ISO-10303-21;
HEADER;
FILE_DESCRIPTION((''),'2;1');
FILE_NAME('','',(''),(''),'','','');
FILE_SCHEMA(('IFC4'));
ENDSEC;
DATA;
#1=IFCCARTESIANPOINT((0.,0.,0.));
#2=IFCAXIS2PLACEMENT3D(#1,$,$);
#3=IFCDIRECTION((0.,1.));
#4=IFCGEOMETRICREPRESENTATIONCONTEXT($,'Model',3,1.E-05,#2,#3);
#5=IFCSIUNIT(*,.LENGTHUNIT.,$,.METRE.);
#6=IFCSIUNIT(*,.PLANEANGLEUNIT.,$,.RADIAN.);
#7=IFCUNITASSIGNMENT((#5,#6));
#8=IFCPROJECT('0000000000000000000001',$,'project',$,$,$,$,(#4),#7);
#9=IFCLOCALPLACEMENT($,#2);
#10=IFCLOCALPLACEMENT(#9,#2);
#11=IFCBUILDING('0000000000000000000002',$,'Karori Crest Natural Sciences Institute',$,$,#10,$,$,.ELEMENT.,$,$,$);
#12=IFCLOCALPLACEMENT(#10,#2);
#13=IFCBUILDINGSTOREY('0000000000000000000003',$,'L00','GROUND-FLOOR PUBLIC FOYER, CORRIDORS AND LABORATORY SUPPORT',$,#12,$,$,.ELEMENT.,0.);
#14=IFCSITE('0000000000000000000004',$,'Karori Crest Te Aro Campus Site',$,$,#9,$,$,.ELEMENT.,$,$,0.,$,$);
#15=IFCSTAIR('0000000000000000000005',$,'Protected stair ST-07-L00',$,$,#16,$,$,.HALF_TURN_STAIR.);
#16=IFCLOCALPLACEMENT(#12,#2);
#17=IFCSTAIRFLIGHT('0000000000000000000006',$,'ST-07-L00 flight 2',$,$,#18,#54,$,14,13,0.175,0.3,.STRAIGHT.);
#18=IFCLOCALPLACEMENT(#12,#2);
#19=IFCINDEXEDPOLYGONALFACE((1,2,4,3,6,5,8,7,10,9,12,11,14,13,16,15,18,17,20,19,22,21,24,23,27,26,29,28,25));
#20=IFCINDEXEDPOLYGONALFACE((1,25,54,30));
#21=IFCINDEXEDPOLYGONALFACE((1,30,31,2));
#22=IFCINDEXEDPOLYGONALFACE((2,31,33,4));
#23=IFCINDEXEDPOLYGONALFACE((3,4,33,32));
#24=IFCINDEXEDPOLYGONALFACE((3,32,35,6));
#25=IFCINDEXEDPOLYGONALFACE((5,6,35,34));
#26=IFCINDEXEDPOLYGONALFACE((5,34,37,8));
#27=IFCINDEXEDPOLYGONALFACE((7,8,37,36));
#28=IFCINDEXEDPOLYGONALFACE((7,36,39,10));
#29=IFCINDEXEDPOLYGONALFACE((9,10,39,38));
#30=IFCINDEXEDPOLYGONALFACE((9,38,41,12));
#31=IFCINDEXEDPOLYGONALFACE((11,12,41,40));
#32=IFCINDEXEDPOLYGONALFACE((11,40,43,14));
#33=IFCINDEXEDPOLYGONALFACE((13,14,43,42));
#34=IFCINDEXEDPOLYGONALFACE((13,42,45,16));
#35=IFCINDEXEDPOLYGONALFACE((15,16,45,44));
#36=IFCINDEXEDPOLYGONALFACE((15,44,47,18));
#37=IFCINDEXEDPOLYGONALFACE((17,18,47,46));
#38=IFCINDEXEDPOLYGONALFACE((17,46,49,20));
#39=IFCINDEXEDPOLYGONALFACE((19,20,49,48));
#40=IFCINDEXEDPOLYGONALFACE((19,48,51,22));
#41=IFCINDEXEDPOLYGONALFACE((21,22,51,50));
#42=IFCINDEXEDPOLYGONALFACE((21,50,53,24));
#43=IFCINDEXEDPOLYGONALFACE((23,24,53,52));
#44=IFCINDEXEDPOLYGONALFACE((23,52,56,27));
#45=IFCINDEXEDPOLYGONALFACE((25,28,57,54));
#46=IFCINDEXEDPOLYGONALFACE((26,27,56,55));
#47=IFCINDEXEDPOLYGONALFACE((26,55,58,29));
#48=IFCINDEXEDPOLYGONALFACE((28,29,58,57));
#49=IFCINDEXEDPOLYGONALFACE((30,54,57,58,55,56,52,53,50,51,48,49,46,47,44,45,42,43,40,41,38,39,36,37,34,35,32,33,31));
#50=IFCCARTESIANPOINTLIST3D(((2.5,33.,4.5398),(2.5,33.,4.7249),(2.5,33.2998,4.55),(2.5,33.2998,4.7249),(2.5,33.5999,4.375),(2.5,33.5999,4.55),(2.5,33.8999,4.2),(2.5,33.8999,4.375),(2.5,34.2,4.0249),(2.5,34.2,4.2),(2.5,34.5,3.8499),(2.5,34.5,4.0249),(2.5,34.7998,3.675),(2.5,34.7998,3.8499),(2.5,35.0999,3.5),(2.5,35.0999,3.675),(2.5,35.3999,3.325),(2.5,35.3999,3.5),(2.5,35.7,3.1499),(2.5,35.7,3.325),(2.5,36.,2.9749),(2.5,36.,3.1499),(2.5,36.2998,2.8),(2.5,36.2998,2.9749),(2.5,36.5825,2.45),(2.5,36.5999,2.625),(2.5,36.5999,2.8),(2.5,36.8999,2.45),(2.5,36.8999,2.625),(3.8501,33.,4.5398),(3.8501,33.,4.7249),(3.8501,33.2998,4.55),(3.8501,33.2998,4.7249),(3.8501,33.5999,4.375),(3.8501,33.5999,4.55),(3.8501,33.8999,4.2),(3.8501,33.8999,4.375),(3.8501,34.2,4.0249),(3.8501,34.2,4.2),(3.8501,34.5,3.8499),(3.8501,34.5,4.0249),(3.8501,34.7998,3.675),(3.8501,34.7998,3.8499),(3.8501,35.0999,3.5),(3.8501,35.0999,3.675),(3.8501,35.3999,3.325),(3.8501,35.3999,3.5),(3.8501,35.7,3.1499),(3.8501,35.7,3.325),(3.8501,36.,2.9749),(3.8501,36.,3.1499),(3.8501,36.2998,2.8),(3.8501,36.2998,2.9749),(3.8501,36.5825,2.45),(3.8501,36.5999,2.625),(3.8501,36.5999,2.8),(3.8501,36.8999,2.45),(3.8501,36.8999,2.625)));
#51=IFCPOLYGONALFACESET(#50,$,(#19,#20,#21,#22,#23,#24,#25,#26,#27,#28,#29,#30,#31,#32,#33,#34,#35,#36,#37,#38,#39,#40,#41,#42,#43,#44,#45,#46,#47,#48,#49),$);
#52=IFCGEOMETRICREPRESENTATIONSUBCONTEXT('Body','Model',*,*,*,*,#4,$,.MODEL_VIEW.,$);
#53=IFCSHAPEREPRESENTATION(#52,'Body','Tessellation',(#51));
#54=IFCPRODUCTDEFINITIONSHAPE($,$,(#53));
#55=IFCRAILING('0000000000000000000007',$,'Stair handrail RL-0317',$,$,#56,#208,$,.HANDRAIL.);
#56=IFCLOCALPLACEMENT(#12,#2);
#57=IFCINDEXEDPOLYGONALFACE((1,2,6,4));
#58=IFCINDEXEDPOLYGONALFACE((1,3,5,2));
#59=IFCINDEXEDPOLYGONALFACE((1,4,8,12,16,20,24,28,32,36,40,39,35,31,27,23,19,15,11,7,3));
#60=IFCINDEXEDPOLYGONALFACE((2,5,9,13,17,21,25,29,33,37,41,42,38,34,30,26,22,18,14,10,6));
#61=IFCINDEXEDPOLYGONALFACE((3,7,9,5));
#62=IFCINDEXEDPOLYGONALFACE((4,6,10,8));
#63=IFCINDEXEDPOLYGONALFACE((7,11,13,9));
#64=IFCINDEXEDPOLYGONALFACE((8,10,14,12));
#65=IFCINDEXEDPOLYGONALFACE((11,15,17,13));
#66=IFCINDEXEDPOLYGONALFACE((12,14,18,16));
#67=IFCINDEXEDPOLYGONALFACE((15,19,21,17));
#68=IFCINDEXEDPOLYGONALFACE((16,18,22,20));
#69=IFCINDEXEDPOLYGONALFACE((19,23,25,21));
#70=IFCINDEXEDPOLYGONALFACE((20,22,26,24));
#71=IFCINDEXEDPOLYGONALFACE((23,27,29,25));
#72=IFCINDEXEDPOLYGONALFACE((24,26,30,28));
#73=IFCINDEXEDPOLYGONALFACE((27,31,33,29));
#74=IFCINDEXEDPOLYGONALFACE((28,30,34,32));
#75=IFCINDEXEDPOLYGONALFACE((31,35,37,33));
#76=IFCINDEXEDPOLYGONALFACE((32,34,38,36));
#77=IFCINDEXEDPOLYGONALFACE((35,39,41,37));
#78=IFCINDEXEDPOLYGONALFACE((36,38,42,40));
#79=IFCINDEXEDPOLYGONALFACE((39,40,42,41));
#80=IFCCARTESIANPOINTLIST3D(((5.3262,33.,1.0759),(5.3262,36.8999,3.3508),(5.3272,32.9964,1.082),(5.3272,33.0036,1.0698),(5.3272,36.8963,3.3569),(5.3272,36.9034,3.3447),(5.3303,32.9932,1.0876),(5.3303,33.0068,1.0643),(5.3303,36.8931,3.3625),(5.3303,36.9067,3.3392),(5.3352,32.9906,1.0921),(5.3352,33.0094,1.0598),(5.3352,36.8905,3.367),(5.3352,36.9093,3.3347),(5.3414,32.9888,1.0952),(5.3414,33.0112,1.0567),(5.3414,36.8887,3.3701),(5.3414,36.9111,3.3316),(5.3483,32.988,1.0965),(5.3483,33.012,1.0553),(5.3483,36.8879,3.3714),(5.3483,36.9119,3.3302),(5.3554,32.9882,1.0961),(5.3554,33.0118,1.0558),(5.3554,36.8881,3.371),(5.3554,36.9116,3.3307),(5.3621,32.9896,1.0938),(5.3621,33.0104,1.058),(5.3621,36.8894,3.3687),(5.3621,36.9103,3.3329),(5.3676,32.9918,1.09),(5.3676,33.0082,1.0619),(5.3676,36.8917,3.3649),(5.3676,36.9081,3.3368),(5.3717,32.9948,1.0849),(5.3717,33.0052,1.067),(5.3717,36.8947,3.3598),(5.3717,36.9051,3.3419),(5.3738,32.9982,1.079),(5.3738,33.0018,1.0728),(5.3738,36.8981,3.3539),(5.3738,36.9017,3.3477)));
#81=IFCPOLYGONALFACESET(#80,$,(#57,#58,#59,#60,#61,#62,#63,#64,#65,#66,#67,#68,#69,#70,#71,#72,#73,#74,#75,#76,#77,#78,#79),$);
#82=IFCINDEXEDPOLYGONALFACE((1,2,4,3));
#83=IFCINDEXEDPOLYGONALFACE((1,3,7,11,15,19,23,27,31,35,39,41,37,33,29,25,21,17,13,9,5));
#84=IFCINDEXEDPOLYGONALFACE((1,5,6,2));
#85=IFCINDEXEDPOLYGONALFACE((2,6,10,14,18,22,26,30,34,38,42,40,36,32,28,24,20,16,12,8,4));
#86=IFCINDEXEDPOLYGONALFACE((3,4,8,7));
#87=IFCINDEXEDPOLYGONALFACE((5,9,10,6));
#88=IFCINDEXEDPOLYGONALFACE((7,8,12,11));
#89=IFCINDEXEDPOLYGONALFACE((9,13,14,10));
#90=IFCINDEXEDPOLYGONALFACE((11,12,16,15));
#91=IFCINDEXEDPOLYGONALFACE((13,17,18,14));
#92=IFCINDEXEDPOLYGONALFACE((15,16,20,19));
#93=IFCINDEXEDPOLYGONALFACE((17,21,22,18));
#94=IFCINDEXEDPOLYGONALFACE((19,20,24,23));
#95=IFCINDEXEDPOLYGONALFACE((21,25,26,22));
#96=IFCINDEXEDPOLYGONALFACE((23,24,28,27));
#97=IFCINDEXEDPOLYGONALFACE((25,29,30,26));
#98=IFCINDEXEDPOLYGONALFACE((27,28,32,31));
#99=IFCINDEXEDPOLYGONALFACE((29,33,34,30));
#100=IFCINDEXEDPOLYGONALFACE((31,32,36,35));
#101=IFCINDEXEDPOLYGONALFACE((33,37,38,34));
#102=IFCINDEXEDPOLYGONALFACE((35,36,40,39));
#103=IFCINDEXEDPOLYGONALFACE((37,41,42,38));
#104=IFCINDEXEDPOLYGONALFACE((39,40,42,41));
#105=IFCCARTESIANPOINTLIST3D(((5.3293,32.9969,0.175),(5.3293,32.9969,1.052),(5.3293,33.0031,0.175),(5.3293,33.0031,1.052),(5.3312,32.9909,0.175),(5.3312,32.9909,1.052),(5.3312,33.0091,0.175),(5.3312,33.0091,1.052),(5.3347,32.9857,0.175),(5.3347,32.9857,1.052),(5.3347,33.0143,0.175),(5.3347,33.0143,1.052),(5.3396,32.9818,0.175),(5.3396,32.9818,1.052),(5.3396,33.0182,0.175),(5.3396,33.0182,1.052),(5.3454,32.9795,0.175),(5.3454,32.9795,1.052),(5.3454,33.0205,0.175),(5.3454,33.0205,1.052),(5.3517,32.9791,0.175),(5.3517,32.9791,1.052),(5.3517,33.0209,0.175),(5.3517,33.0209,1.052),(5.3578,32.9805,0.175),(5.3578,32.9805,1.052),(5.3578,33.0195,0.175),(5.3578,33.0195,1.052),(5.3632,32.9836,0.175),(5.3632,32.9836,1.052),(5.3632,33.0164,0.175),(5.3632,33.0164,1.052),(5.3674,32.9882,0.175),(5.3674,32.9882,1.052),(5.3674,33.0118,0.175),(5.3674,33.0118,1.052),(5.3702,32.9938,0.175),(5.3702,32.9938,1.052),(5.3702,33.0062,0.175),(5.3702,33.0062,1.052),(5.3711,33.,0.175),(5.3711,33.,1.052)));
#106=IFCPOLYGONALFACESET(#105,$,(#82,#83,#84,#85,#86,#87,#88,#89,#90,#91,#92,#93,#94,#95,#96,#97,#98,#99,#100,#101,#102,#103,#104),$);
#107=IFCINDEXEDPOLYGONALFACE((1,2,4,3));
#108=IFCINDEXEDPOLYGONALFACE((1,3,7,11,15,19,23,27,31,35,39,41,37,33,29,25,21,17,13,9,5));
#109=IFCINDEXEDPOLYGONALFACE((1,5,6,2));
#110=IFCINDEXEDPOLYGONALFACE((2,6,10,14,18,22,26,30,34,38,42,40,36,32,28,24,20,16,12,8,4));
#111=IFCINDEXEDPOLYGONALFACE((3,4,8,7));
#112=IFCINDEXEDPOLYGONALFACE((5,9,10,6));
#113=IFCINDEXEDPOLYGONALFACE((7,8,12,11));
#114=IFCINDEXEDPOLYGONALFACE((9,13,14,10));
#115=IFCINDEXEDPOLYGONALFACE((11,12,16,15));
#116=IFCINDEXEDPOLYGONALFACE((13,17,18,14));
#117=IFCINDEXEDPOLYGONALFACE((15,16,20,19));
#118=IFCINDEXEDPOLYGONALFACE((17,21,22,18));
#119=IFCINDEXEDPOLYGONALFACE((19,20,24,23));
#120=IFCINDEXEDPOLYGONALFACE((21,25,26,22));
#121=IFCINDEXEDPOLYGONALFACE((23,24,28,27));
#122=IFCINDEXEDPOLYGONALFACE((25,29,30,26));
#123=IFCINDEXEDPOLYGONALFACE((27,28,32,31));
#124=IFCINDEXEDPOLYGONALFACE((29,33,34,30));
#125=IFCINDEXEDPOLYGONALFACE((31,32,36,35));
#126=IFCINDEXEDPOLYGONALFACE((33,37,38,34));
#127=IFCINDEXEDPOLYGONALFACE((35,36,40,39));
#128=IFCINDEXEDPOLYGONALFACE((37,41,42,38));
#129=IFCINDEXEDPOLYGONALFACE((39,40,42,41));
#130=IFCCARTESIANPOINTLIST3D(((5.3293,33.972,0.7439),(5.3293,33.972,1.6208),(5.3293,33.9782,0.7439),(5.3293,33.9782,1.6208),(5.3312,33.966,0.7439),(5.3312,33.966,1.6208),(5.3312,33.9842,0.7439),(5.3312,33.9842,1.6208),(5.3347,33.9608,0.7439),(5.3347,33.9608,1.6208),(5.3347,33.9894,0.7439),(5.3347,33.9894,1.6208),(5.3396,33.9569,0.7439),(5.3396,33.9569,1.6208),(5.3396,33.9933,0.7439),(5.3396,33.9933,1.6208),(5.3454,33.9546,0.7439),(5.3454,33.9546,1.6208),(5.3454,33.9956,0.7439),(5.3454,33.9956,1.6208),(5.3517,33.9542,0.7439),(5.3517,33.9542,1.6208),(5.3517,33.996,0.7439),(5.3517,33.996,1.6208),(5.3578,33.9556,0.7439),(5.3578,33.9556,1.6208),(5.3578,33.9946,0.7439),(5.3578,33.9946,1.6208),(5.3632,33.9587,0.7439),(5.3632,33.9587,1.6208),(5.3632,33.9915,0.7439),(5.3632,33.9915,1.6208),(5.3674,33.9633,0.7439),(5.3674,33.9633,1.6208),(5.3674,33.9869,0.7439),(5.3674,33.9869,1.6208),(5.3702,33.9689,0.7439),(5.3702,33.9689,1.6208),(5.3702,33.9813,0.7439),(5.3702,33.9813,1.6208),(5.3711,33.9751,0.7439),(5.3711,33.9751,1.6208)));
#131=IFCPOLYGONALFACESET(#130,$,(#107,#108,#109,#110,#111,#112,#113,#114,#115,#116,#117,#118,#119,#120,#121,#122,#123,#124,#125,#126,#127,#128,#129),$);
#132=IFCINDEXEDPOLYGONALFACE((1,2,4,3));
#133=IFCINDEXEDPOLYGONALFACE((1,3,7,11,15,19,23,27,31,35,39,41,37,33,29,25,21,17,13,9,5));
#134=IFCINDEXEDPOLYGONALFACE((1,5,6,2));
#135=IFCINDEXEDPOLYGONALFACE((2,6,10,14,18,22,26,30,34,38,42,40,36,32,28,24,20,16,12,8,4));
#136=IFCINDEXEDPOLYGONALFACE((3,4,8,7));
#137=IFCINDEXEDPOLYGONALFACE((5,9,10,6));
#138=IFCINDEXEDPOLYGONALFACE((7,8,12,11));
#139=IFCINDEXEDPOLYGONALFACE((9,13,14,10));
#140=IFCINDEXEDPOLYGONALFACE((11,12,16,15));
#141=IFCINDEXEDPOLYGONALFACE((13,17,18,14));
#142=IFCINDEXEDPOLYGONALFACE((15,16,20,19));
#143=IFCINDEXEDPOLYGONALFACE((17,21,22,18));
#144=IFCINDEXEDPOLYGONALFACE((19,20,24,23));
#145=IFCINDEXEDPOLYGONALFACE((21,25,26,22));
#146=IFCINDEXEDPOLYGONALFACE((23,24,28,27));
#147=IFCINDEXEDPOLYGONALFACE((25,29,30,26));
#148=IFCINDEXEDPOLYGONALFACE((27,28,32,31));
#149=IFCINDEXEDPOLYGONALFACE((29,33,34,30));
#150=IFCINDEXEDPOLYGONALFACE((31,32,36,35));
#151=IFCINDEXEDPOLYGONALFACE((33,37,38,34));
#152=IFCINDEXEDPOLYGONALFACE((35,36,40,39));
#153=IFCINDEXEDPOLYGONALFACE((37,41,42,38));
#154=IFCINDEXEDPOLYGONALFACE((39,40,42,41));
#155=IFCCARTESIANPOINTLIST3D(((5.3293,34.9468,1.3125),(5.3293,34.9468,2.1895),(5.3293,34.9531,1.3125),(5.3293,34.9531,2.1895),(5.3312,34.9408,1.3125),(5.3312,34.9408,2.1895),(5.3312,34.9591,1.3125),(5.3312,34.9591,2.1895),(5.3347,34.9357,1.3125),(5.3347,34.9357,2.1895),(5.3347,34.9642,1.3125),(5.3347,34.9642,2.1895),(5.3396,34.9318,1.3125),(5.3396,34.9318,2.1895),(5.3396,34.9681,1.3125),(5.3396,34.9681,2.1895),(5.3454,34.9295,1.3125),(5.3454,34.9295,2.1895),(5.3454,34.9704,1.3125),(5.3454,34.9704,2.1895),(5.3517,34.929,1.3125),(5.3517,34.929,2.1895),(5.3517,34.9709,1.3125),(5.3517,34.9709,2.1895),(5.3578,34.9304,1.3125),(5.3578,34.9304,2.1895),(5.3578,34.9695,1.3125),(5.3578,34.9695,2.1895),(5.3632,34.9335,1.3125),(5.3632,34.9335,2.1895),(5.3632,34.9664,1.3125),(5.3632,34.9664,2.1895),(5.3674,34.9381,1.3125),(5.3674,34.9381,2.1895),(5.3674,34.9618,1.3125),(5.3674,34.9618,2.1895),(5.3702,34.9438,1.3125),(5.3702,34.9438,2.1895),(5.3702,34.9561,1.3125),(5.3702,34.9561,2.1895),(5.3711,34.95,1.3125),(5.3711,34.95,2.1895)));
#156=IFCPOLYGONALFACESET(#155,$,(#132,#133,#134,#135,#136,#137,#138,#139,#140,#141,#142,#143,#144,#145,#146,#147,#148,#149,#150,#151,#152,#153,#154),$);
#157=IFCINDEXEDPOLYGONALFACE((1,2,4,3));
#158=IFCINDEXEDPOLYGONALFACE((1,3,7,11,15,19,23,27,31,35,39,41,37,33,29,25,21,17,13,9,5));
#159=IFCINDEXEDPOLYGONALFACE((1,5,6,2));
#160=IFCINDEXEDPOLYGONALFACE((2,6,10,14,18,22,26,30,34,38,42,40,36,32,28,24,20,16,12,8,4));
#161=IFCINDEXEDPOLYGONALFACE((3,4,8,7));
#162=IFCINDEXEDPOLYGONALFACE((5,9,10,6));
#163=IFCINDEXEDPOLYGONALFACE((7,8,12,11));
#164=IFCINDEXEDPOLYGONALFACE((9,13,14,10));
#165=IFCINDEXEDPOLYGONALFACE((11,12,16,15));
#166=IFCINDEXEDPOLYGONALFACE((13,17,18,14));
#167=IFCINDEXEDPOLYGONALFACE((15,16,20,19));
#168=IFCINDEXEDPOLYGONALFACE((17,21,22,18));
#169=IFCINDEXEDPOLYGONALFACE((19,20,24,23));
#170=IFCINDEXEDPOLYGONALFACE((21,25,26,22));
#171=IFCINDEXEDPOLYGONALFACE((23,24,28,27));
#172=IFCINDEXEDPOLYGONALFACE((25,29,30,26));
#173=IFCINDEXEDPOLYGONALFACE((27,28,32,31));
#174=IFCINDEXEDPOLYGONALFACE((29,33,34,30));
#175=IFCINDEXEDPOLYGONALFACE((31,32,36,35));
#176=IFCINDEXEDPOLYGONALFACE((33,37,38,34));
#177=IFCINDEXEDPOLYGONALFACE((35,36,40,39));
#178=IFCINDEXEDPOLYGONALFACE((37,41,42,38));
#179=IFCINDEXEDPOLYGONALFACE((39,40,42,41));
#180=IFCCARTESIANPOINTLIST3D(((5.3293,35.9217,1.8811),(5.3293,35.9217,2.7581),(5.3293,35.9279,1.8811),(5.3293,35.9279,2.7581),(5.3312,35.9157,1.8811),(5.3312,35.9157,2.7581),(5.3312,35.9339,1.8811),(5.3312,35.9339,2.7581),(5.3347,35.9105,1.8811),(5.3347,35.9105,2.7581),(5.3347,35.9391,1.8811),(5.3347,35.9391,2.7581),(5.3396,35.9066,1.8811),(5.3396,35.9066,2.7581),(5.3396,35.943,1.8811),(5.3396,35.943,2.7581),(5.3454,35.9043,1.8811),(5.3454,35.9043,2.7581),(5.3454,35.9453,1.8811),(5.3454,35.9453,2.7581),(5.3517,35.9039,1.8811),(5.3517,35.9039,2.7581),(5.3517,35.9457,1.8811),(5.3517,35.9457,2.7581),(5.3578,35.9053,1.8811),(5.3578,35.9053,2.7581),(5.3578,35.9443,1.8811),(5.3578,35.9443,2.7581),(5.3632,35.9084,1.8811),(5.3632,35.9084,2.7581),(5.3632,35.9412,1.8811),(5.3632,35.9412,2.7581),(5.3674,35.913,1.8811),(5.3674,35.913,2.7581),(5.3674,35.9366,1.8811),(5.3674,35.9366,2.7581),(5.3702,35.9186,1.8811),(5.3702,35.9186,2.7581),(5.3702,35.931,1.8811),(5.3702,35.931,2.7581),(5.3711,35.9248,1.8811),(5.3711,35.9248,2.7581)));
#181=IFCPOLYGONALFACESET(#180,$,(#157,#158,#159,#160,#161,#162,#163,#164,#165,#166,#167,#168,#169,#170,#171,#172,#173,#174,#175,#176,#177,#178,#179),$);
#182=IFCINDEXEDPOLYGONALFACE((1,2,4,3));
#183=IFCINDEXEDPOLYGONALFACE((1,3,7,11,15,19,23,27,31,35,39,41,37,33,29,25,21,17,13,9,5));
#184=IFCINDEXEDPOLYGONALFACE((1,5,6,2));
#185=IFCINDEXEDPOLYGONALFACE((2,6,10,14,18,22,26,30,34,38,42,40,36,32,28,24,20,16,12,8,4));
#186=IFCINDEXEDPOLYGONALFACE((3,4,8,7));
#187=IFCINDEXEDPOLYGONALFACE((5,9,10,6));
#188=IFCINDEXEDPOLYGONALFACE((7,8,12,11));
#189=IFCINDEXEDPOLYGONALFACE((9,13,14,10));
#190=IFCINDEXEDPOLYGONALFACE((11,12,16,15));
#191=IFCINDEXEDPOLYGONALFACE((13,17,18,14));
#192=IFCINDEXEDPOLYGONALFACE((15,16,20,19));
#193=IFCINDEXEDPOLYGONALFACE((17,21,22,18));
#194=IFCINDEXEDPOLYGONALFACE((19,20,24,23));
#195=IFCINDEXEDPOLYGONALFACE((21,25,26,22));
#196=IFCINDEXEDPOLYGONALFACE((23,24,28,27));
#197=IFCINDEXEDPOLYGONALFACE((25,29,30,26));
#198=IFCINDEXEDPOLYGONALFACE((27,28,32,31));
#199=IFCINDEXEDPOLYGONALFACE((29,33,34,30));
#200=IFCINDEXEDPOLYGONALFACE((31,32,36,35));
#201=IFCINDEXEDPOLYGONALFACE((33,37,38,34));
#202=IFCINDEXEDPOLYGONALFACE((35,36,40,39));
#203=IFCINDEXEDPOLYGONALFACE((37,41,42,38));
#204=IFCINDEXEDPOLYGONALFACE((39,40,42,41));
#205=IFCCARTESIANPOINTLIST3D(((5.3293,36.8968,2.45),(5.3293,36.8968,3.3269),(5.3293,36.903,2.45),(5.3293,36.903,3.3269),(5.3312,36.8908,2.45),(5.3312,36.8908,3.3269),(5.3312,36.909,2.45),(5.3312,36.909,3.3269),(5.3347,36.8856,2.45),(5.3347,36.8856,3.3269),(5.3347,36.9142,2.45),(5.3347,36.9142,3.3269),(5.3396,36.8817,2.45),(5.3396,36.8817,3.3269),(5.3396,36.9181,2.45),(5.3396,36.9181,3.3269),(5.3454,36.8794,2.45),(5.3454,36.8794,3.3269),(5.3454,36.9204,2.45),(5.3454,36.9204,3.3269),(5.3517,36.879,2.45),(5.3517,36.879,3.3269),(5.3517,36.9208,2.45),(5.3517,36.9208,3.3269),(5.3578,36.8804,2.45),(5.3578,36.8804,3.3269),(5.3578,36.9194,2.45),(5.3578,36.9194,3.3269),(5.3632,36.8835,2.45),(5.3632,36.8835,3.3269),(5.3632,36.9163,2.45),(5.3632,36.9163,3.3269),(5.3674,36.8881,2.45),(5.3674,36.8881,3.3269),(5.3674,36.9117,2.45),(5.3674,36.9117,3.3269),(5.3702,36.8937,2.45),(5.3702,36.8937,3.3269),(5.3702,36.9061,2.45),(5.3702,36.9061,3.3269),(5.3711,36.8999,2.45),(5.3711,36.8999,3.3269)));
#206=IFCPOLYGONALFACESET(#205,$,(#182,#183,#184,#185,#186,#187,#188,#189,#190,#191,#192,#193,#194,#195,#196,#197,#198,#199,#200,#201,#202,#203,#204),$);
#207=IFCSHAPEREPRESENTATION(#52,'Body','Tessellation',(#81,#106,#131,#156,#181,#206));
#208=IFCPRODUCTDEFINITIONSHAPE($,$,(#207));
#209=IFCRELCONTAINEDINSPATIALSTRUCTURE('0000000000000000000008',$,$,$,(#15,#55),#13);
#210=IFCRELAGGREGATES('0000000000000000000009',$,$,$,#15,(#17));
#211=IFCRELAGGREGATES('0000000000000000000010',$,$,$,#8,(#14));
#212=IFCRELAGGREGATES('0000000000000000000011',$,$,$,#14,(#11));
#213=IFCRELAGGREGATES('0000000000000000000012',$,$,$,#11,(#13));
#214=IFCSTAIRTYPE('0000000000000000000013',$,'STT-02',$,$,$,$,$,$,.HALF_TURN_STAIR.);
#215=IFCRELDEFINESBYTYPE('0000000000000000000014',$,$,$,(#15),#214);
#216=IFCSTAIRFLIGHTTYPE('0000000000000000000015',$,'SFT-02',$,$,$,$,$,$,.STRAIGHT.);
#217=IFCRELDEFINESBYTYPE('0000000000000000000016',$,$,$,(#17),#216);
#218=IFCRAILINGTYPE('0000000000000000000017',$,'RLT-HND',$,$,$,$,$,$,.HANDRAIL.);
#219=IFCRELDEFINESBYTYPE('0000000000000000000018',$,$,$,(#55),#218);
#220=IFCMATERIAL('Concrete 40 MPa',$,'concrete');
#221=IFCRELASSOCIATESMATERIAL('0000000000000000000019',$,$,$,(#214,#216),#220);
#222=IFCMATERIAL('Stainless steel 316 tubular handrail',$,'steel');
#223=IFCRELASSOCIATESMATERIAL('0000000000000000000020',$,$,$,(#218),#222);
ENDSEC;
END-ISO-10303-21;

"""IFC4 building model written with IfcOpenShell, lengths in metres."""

from ifc_helpers import new_model, si_unit, direction, frame, origin, origin_2d, place, context, subcontext, project, spatial, polyline, circle, outline, extrude, material, type_object, element, aggregate, save


model = new_model("IFC4")

# Units and contexts
model_context = context("Model", 3, precision=1e-05, world=origin(), true_north=direction((0.0, 1.0)))
body_context = subcontext(model_context, "Body", "Model", "MODEL_VIEW")
ifc_project = project(units=[si_unit("LENGTHUNIT", "METRE"), si_unit("PLANEANGLEUNIT", "RADIAN")], contexts=[model_context])

# Site, building, storey
site_placement = place(None, origin())
site = spatial("IfcSite", under=ifc_project, at=site_placement, Name="Karori Crest Te Aro Campus Site", CompositionType="ELEMENT", RefElevation=0.0)
building_placement = place(site_placement, origin())
building = spatial("IfcBuilding", under=site, at=building_placement, Name="Karori Crest Natural Sciences Institute", CompositionType="ELEMENT")
storey_placement = place(building_placement, origin())
storey = spatial("IfcBuildingStorey", under=building, at=storey_placement, Name="L00", Description="GROUND-FLOOR PUBLIC FOYER, CORRIDORS AND LABORATORY SUPPORT", CompositionType="ELEMENT", Elevation=0.0)

# Stair, stair flight
ifc_material_1 = material(Name="Concrete 40 MPa", Category="concrete")
stair_type = type_object("IfcStairType", Name="STT-02", PredefinedType="HALF_TURN_STAIR", material=ifc_material_1)
stair_placement = place(storey_placement, origin())
stair = element("IfcStair", 1, at=stair_placement, inside=storey, type_object=stair_type, Name="Protected stair ST-07-L00", PredefinedType="HALF_TURN_STAIR")
stair_flight_type = type_object("IfcStairFlightType", Name="SFT-02", PredefinedType="STRAIGHT", material=ifc_material_1)
stair_flight_1_placement = place(storey_placement, frame((3.175, 36.8999, 2.45), z_axis=(0.0, 0.0, 1.0), x_axis=(0.0, -1.0, 0.0)))
stair_flight_1 = element("IfcStairFlight", 2, at=stair_flight_1_placement, type_object=stair_flight_type, Name="ST-07-L00 flight 2", NumberOfRisers=14, NumberOfTreads=13, PredefinedType="STRAIGHT", RiserHeight=0.175, TreadLength=0.3, context=body_context, shape_type="SweptSolid", body=[
    extrude(outline(polyline([(0.0, 0.0), (0.0, 0.175), (0.3, 0.175), (0.3, 0.3501), (0.6001, 0.3501), (0.6001, 0.5249), (0.8999, 0.5249), (0.8999, 0.7), (1.2, 0.7), (1.2, 0.875), (1.5, 0.875), (1.5, 1.05), (1.8, 1.05), (1.8, 1.2251), (2.1001, 1.2251), (2.1001, 1.3999), (2.3999, 1.3999), (2.3999, 1.575), (2.7, 1.575), (2.7, 1.75), (3.0, 1.75), (3.0, 1.925), (3.3, 1.925), (3.3, 2.1001), (3.6001, 2.1001), (3.6001, 2.2749), (3.8999, 2.2749), (3.8999, 2.45), (3.8999, 2.0898), (0.3174, 0.0), (0.0, 0.0)])), frame((0.0, 0.675, 0.0), z_axis=(0.0, -1.0, 0.0), x_axis=(1.0, 0.0, 0.0)), (0.0, 0.0, 1.0), 1.3501),
])
aggregate(stair, [stair_flight_1])

# Railing
ifc_material_2 = material(Name="Stainless steel 316 tubular handrail", Category="steel")
railing_type_1 = type_object("IfcRailingType", Name="RLT-HND", PredefinedType="HANDRAIL", material=ifc_material_2)
railing_1_placement = place(storey_placement, frame((5.3501, 33.0, 0.175)))
element("IfcRailing", 3, at=railing_1_placement, inside=storey, type_object=railing_type_1, Name="Stair handrail RL-0317", PredefinedType="HANDRAIL", context=body_context, shape_type="SweptSolid", body=[
    extrude(circle(Radius=0.0239, at=origin_2d()), frame((0.0, 0.0, 0.9009), z_axis=(0.0, 0.863783, 0.503864), x_axis=(-1.0, 0.0, 0.0)), (0.0, 0.0, 1.0), 4.5149),
    extrude(circle(Radius=0.021, at=origin_2d()), origin(), (0.0, 0.0, 1.0), 0.877),
    extrude(circle(Radius=0.021, at=origin_2d()), frame((0.0, 0.9751, 0.5688)), (0.0, 0.0, 1.0), 0.877),
    extrude(circle(Radius=0.021, at=origin_2d()), frame((0.0, 1.95, 1.1375)), (0.0, 0.0, 1.0), 0.877),
    extrude(circle(Radius=0.021, at=origin_2d()), frame((0.0, 2.9248, 1.7061)), (0.0, 0.0, 1.0), 0.877),
    extrude(circle(Radius=0.021, at=origin_2d()), frame((0.0, 3.8999, 2.2749)), (0.0, 0.0, 1.0), 0.877),
])

save(model, "model.ifc")
